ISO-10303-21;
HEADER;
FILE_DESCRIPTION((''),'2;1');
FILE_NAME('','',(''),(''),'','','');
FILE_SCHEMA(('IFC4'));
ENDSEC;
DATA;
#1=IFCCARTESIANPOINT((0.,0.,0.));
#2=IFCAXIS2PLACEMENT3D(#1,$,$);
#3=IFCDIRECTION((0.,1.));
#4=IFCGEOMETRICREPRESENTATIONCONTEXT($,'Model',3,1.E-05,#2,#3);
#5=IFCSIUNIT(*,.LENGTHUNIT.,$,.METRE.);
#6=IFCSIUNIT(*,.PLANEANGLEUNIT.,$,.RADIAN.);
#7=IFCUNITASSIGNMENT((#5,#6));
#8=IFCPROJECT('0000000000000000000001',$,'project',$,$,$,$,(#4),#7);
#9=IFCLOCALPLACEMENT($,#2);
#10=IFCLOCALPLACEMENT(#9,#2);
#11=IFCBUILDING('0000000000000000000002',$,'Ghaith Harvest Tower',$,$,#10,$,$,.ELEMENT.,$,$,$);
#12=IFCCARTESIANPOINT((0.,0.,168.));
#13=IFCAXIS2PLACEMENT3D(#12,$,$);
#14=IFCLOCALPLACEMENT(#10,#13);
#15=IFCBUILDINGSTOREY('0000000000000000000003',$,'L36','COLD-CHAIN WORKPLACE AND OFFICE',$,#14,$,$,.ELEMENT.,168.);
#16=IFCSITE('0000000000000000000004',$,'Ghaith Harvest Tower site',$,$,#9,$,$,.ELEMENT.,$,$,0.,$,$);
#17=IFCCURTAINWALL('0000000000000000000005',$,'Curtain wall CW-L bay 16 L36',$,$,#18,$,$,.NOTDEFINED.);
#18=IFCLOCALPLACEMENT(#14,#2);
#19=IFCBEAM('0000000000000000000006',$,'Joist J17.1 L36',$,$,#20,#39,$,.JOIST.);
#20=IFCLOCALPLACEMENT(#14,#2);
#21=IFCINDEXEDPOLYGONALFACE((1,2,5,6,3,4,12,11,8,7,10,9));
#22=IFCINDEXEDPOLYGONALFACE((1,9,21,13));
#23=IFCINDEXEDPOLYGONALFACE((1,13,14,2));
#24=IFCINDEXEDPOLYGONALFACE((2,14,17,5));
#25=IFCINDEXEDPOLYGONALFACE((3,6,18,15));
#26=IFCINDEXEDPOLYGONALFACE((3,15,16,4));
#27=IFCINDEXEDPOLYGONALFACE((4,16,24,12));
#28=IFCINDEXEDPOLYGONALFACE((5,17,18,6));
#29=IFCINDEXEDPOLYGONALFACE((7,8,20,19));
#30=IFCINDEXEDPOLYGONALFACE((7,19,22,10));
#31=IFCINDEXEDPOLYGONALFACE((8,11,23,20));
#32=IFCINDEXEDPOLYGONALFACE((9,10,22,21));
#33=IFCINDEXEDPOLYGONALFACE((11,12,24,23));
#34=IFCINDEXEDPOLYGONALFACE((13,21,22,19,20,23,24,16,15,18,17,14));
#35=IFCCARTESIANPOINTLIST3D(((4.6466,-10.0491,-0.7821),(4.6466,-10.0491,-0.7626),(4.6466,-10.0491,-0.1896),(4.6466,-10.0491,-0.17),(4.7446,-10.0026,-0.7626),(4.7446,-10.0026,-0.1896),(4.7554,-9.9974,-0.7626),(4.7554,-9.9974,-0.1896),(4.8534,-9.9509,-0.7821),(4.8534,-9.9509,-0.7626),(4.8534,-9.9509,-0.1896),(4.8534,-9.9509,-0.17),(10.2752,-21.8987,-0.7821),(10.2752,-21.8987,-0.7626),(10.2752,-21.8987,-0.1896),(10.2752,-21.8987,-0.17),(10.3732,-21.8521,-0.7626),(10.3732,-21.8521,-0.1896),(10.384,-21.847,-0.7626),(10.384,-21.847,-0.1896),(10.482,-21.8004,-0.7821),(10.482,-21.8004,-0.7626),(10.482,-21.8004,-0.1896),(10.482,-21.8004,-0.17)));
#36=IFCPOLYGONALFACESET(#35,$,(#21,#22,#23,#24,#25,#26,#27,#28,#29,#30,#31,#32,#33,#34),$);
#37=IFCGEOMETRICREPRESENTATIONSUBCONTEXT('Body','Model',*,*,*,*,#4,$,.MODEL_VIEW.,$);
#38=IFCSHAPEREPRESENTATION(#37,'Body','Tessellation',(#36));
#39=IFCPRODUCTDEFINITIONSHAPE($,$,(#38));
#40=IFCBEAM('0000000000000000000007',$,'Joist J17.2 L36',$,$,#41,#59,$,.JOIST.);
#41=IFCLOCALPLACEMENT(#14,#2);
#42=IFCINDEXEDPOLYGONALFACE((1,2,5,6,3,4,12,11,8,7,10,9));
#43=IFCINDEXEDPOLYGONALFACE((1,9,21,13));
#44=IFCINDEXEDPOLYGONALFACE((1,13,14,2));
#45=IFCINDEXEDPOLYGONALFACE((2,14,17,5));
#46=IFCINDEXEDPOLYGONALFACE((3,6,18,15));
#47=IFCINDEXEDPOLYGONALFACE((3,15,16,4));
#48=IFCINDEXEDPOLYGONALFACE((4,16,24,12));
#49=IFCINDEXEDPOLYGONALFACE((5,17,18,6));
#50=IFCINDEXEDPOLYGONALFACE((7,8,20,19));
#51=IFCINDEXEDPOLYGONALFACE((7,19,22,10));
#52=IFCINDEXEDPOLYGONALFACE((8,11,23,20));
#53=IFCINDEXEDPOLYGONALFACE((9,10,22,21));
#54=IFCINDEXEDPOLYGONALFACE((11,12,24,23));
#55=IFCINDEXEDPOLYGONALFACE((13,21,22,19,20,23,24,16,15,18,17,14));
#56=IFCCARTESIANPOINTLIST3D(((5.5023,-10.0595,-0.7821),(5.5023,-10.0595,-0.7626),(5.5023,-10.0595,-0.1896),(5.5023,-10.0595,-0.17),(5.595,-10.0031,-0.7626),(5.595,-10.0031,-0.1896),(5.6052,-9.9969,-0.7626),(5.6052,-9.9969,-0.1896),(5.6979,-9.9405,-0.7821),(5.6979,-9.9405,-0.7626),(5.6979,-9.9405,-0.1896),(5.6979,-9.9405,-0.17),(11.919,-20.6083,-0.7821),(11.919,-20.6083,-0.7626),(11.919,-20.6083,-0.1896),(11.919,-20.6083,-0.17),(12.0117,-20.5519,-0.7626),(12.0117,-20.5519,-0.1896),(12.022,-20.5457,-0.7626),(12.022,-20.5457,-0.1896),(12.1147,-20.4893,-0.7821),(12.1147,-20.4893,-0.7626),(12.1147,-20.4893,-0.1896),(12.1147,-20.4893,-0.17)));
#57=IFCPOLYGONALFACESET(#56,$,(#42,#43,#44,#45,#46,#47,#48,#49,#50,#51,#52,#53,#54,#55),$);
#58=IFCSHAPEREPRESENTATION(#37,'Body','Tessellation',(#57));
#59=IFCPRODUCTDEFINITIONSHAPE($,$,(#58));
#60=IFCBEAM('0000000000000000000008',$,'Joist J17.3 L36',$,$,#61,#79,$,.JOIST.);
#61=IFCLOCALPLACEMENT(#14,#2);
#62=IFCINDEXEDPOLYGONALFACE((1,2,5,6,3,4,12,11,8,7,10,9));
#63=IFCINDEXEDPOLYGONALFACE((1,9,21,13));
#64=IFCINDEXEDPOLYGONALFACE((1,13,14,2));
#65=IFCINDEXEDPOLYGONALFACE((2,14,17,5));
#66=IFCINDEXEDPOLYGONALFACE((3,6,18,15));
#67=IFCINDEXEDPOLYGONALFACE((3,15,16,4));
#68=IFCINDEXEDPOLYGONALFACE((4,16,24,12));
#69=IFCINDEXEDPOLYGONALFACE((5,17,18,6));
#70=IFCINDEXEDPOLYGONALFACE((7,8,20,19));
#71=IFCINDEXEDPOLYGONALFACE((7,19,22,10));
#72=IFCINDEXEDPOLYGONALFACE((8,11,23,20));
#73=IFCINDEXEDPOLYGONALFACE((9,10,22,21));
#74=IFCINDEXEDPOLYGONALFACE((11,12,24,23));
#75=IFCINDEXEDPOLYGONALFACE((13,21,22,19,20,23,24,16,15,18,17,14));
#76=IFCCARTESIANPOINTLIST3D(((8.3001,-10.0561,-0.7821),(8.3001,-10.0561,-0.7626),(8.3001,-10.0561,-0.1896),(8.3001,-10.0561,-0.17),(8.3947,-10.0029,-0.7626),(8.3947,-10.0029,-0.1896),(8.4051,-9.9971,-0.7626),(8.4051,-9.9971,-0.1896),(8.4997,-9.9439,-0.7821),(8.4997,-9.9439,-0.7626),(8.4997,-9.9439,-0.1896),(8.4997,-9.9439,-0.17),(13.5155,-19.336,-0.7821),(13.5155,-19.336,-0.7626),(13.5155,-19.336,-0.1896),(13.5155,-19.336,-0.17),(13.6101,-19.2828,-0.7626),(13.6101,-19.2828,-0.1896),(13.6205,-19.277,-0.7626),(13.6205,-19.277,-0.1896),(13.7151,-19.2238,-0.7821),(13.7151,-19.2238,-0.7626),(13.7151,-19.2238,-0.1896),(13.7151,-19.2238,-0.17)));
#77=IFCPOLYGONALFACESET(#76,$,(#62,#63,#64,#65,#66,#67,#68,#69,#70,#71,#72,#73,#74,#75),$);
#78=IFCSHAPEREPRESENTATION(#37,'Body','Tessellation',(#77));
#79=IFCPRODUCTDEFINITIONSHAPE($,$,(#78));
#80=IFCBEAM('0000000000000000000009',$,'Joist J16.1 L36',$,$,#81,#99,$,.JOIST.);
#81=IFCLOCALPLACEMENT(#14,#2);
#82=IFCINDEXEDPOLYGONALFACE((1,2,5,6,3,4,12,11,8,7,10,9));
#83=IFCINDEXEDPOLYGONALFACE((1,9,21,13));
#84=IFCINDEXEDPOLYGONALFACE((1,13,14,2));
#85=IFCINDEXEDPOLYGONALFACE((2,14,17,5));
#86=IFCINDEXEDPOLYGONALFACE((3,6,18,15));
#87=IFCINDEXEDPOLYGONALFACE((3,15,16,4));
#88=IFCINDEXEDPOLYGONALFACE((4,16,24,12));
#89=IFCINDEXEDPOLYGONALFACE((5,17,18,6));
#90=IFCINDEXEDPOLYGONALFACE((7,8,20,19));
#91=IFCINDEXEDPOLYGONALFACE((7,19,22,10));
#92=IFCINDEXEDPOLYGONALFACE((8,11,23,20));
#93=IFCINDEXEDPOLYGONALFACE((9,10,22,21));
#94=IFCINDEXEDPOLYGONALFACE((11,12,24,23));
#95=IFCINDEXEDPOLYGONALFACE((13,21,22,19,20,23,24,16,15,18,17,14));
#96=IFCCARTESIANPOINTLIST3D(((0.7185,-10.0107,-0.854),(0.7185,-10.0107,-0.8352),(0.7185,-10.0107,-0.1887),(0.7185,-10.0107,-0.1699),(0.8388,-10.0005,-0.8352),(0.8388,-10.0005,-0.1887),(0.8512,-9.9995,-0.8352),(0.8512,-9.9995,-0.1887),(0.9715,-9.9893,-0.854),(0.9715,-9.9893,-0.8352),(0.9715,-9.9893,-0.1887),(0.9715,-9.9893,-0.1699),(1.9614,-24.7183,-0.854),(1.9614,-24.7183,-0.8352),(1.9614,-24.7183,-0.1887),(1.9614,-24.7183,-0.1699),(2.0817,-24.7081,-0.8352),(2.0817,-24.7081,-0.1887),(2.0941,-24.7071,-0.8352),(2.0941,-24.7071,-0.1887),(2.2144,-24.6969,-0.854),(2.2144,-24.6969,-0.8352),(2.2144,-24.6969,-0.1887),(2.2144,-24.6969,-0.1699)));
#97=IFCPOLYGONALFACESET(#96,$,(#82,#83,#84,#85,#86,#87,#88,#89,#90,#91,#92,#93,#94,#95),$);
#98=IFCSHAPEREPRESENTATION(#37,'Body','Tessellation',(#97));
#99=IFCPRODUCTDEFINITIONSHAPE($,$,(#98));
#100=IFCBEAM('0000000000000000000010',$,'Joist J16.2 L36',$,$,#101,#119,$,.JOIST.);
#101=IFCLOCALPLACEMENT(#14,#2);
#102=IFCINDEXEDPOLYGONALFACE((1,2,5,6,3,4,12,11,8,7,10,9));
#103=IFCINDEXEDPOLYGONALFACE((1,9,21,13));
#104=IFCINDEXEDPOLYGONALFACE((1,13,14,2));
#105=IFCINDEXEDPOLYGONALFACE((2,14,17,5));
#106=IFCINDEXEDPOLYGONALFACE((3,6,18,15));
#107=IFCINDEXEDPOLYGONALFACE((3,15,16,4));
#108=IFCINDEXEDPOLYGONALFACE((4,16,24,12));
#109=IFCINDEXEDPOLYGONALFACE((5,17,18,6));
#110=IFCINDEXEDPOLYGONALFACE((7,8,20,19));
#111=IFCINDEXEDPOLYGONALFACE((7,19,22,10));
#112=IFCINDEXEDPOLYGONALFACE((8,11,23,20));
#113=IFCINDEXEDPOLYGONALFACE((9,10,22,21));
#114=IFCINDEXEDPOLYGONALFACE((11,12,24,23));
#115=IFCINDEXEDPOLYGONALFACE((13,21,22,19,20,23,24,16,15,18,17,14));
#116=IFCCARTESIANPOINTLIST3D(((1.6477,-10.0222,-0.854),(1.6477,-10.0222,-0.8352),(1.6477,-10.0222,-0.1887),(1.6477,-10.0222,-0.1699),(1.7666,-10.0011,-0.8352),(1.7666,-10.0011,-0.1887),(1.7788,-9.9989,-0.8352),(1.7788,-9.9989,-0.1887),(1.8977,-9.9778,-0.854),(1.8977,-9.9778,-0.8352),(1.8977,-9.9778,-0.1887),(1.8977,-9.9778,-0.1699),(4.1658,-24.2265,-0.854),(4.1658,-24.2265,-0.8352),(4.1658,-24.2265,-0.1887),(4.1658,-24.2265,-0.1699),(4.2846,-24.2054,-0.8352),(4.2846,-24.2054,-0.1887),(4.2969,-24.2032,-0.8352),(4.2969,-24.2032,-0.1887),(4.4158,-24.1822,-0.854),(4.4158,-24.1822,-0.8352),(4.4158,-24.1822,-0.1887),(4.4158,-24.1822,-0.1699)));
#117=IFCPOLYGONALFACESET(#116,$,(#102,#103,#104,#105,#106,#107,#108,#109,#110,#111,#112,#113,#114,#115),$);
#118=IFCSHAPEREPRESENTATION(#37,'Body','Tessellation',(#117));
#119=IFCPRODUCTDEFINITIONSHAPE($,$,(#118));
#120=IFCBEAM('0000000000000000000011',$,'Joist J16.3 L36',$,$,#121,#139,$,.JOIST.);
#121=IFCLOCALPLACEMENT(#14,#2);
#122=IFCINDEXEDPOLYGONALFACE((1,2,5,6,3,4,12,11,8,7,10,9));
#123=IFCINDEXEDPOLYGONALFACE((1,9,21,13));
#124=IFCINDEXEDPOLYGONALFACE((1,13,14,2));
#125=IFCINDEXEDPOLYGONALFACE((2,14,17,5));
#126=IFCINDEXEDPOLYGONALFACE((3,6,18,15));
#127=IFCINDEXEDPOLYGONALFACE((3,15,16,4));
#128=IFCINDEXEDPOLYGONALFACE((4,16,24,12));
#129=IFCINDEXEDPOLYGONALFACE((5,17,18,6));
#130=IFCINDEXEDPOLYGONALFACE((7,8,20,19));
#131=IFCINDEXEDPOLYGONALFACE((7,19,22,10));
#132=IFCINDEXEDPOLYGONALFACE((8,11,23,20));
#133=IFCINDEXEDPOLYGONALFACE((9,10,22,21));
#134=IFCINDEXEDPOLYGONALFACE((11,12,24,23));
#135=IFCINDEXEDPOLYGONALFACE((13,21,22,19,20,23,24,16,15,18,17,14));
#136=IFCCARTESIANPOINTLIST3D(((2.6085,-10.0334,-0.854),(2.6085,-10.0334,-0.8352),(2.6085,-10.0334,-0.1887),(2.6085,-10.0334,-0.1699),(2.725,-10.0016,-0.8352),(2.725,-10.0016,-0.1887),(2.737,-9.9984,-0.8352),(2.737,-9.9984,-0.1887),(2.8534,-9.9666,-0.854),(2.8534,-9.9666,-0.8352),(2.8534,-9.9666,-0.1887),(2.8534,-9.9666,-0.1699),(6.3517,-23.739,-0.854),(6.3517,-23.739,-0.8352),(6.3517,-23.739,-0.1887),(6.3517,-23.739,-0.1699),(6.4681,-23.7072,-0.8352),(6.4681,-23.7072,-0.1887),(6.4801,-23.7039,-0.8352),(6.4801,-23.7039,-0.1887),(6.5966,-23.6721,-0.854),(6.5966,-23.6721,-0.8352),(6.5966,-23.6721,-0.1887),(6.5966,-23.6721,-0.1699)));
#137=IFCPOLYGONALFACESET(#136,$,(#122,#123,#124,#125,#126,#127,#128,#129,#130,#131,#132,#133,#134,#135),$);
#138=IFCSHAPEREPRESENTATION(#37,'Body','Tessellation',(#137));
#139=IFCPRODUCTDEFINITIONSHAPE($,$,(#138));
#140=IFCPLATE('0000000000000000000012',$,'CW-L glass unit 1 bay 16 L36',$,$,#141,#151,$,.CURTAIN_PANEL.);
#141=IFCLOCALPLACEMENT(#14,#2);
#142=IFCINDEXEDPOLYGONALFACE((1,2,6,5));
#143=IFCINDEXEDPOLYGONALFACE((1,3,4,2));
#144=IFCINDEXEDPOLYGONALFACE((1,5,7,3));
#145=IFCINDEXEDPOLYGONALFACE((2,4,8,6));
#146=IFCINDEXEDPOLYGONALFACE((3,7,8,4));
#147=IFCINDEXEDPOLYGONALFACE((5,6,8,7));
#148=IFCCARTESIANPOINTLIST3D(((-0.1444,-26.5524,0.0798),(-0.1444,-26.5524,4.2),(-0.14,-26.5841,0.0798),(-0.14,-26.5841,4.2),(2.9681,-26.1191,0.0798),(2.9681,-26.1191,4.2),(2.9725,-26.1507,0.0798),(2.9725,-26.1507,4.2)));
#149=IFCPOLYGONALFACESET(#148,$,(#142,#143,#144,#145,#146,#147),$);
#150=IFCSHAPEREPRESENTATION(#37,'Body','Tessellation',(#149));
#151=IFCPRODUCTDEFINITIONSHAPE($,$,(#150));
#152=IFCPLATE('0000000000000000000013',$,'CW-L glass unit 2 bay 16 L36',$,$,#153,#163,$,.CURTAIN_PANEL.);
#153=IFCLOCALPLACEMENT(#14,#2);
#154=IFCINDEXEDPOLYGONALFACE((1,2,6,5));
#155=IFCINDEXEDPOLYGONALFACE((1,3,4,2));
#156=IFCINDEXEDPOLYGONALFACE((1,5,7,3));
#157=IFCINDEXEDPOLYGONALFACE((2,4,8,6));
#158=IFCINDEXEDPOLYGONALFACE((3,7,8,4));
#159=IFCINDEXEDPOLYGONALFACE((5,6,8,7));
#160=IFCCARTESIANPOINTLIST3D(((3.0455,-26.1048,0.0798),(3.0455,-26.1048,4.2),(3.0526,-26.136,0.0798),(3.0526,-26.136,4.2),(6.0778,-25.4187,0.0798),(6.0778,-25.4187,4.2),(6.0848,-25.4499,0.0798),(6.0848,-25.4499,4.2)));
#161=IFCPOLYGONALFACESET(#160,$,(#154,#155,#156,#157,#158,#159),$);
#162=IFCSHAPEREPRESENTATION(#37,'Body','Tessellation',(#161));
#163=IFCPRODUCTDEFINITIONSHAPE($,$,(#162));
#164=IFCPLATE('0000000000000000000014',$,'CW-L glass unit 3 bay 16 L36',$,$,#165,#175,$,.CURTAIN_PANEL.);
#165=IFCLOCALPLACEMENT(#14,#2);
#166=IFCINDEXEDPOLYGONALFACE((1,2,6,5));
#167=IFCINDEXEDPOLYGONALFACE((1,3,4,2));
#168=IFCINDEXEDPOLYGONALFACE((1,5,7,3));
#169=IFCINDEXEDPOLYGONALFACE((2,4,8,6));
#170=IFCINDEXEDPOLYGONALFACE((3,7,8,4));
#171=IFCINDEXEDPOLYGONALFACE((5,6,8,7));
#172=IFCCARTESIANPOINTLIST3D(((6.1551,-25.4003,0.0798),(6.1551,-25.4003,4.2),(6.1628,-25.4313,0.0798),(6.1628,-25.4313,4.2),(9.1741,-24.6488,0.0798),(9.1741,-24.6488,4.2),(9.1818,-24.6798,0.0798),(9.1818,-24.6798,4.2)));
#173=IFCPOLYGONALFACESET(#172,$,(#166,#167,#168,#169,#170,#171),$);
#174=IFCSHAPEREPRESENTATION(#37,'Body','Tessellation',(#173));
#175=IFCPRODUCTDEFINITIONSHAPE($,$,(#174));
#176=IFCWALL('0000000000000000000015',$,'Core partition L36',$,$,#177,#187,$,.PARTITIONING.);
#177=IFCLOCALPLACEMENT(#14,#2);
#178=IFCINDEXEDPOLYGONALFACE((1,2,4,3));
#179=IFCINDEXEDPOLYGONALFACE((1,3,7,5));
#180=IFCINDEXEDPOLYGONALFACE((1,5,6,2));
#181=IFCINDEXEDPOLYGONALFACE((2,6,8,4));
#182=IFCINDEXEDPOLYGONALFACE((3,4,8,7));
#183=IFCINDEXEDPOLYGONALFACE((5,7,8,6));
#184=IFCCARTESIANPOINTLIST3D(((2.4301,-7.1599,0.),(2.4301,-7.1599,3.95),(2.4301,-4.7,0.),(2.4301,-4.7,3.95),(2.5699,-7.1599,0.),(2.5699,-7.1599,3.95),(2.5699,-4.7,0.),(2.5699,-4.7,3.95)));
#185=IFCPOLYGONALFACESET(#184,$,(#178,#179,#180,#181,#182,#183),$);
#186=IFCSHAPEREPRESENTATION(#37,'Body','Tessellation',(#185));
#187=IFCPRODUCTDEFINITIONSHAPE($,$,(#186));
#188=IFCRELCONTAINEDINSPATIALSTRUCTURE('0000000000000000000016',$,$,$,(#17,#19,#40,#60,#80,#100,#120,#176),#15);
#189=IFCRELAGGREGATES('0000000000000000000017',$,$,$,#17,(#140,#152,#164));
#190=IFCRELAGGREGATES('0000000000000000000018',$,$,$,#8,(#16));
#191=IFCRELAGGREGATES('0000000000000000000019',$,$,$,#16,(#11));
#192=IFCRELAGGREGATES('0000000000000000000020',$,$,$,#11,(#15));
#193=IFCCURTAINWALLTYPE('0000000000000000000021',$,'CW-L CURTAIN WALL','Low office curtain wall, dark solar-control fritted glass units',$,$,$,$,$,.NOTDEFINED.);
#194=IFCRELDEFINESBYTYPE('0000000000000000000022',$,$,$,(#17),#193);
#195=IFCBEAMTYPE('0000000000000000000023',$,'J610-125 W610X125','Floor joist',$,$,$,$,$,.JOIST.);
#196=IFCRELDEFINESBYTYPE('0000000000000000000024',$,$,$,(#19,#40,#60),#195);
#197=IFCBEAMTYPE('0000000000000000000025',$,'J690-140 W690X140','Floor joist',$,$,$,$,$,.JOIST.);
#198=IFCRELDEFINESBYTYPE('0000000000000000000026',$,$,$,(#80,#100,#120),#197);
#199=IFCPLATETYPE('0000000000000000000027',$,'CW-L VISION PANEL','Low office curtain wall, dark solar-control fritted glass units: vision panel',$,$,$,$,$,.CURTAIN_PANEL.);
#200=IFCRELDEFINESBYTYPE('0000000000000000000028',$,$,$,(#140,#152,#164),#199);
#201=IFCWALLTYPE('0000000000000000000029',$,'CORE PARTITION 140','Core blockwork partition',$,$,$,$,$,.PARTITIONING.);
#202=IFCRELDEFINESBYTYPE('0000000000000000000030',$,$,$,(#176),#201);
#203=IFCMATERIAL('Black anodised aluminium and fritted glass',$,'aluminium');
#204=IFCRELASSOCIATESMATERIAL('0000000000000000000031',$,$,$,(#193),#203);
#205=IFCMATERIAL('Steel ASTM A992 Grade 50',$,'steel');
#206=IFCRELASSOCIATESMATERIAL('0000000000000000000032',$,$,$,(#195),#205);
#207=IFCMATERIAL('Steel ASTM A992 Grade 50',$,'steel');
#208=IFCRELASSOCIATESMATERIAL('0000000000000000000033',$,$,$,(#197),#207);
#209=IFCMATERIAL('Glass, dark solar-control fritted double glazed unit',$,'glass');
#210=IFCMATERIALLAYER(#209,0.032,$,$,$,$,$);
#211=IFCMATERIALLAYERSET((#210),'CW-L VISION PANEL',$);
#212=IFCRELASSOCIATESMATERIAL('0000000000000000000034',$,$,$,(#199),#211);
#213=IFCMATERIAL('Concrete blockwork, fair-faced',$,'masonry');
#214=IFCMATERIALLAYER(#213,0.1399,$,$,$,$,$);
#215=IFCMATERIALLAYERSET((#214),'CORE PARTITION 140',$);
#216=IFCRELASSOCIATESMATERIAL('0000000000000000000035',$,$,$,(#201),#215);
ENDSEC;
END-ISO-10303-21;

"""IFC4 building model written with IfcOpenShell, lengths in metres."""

from ifc_helpers import new_model, si_unit, direction, frame, frame_2d, origin, origin_2d, place, context, subcontext, project, spatial, rectangle, i_section, extrude, material, layer, layer_set, material_profile, profile_set, type_object, element, aggregate, save


model = new_model("IFC4")

# Units and contexts
model_context = context("Model", 3, precision=1e-05, world=origin(), true_north=direction((0.0, 1.0)))
body_context = subcontext(model_context, "Body", "Model", "MODEL_VIEW")
ifc_project = project(units=[si_unit("LENGTHUNIT", "METRE"), si_unit("PLANEANGLEUNIT", "RADIAN")], contexts=[model_context])

# Site, building, storey
site_placement = place(None, origin())
site = spatial("IfcSite", under=ifc_project, at=site_placement, Name="Ghaith Harvest Tower site", CompositionType="ELEMENT", RefElevation=0.0)
building_placement = place(site_placement, origin())
building = spatial("IfcBuilding", under=site, at=building_placement, Name="Ghaith Harvest Tower", CompositionType="ELEMENT")
storey_placement = place(building_placement, frame((0.0, 0.0, 168.0)))
storey = spatial("IfcBuildingStorey", under=building, at=storey_placement, Name="L36", Description="COLD-CHAIN WORKPLACE AND OFFICE", CompositionType="ELEMENT", Elevation=168.0)

# Curtain wall
ifc_material_1 = material(Name="Black anodised aluminium and fritted glass", Category="aluminium")
curtain_wall_type = type_object("IfcCurtainWallType", Name="CW-L CURTAIN WALL", Description="Low office curtain wall, dark solar-control fritted glass units", PredefinedType="NOTDEFINED", material=ifc_material_1)
curtain_wall_placement = place(storey_placement, origin())
curtain_wall = element("IfcCurtainWall", 1, at=curtain_wall_placement, inside=storey, type_object=curtain_wall_type, Name="Curtain wall CW-L bay 16 L36", PredefinedType="NOTDEFINED")

# Beams
ifc_material_2 = material(Name="Steel ASTM A992 Grade 50", Category="steel")
ifc_material_profile_1 = material_profile(ifc_material_2, i_section(OverallWidth=0.229, OverallDepth=0.6121, WebThickness=0.012, FlangeThickness=0.0195, at=origin_2d()), Name="W610X125")
ifc_profile_set_1 = profile_set([ifc_material_profile_1], Name="Steel ASTM A992 Grade 50")
beam_type_1 = type_object("IfcBeamType", Name="J610-125 W610X125", Description="Floor joist", PredefinedType="JOIST", material=ifc_profile_set_1)
beam_1_placement = place(storey_placement, frame((4.75, -10.0, -0.4761), z_axis=(0.429063, -0.903275, 0.0), x_axis=(0.903275, 0.429063, 0.0)))
element("IfcBeam", 2, at=beam_1_placement, inside=storey, type_object=beam_type_1, Name="Joist J17.1 L36", PredefinedType="JOIST", context=body_context, shape_type="SweptSolid", body=[
    extrude(i_section(OverallWidth=0.229, OverallDepth=0.6121, WebThickness=0.012, FlangeThickness=0.0195, at=origin_2d()), origin(), (0.0, 0.0, 1.0), 13.1184),
])
beam_2_placement = place(storey_placement, frame((5.6001, -10.0, -0.4761), z_axis=(0.519694, -0.854352, 0.0), x_axis=(0.854352, 0.519694, 0.0)))
element("IfcBeam", 3, at=beam_2_placement, inside=storey, type_object=beam_type_1, Name="Joist J17.2 L36", PredefinedType="JOIST", context=body_context, shape_type="SweptSolid", body=[
    extrude(i_section(OverallWidth=0.229, OverallDepth=0.6121, WebThickness=0.012, FlangeThickness=0.0195, at=origin_2d()), origin(), (0.0, 0.0, 1.0), 12.3472),
])
beam_3_placement = place(storey_placement, frame((8.3999, -10.0, -0.4761), z_axis=(0.489937, -0.871758, 0.0), x_axis=(0.871758, 0.489937, 0.0)))
element("IfcBeam", 4, at=beam_3_placement, inside=storey, type_object=beam_type_1, Name="Joist J17.3 L36", PredefinedType="JOIST", context=body_context, shape_type="SweptSolid", body=[
    extrude(i_section(OverallWidth=0.229, OverallDepth=0.6121, WebThickness=0.012, FlangeThickness=0.0195, at=origin_2d()), origin(), (0.0, 0.0, 1.0), 10.645),
])
ifc_material_3 = material(Name="Steel ASTM A992 Grade 50", Category="steel")
ifc_material_profile_2 = material_profile(ifc_material_3, i_section(OverallWidth=0.2539, OverallDepth=0.6841, WebThickness=0.0125, FlangeThickness=0.0188, at=origin_2d()), Name="W690X140")
ifc_profile_set_2 = profile_set([ifc_material_profile_2], Name="Steel ASTM A992 Grade 50")
beam_type_2 = type_object("IfcBeamType", Name="J690-140 W690X140", Description="Floor joist", PredefinedType="JOIST", material=ifc_profile_set_2)
beam_4_placement = place(storey_placement, frame((0.845, -10.0, -0.512), z_axis=(0.084209, -0.996448, 0.0), x_axis=(0.996448, 0.084209, 0.0)))
element("IfcBeam", 5, at=beam_4_placement, inside=storey, type_object=beam_type_2, Name="Joist J16.1 L36", PredefinedType="JOIST", context=body_context, shape_type="SweptSolid", body=[
    extrude(i_section(OverallWidth=0.2539, OverallDepth=0.6841, WebThickness=0.0125, FlangeThickness=0.0188, at=origin_2d()), origin(), (0.0, 0.0, 1.0), 14.76),
])
beam_5_placement = place(storey_placement, frame((1.7727, -10.0, -0.512), z_axis=(0.174553, -0.984648, 0.0), x_axis=(0.984648, 0.174553, 0.0)))
element("IfcBeam", 6, at=beam_5_placement, inside=storey, type_object=beam_type_2, Name="Joist J16.2 L36", PredefinedType="JOIST", context=body_context, shape_type="SweptSolid", body=[
    extrude(i_section(OverallWidth=0.2539, OverallDepth=0.6841, WebThickness=0.0125, FlangeThickness=0.0188, at=origin_2d()), origin(), (0.0, 0.0, 1.0), 14.4258),
])
beam_6_placement = place(storey_placement, frame((2.731, -10.0, -0.512), z_axis=(0.263463, -0.964669, 0.0), x_axis=(0.964669, 0.263463, 0.0)))
element("IfcBeam", 7, at=beam_6_placement, inside=storey, type_object=beam_type_2, Name="Joist J16.3 L36", PredefinedType="JOIST", context=body_context, shape_type="SweptSolid", body=[
    extrude(i_section(OverallWidth=0.2539, OverallDepth=0.6841, WebThickness=0.0125, FlangeThickness=0.0188, at=origin_2d()), origin(), (0.0, 0.0, 1.0), 14.2075),
])

# Plates
ifc_material_4 = material(Name="Glass, dark solar-control fritted double glazed unit", Category="glass")
ifc_layer_1 = layer(ifc_material_4, 0.032)
ifc_layer_set_1 = layer_set([ifc_layer_1], Name="CW-L VISION PANEL")
plate_type = type_object("IfcPlateType", Name="CW-L VISION PANEL", Description="Low office curtain wall, dark solar-control fritted glass units: vision panel", PredefinedType="CURTAIN_PANEL", material=ifc_layer_set_1)
plate_1_placement = place(storey_placement, frame((1.4141, -26.3516, 0.0798), z_axis=(0.0, 0.0, 1.0), x_axis=(0.990448, 0.137886, 0.0)))
plate_1 = element("IfcPlate", 8, at=plate_1_placement, type_object=plate_type, Name="CW-L glass unit 1 bay 16 L36", PredefinedType="CURTAIN_PANEL", context=body_context, shape_type="SweptSolid", body=[
    extrude(rectangle(XDim=3.1426, YDim=0.032, at=origin_2d()), origin(), (0.0, 0.0, 1.0), 4.1201),
])
plate_2_placement = place(storey_placement, frame((4.5652, -25.7773, 0.0798), z_axis=(0.0, 0.0, 1.0), x_axis=(0.975342, 0.2207, 0.0)))
plate_2 = element("IfcPlate", 9, at=plate_2_placement, type_object=plate_type, Name="CW-L glass unit 2 bay 16 L36", PredefinedType="CURTAIN_PANEL", context=body_context, shape_type="SweptSolid", body=[
    extrude(rectangle(XDim=3.1089, YDim=0.032, at=origin_2d()), origin(), (0.0, 0.0, 1.0), 4.1201),
])
plate_3_placement = place(storey_placement, frame((7.6685, -25.04, 0.0798), z_axis=(0.0, 0.0, 1.0), x_axis=(0.970384, 0.241566, 0.0)))
plate_3 = element("IfcPlate", 10, at=plate_3_placement, type_object=plate_type, Name="CW-L glass unit 3 bay 16 L36", PredefinedType="CURTAIN_PANEL", context=body_context, shape_type="SweptSolid", body=[
    extrude(rectangle(XDim=3.1111, YDim=0.032, at=origin_2d()), origin(), (0.0, 0.0, 1.0), 4.1201),
])
aggregate(curtain_wall, [plate_1, plate_2, plate_3])

# Wall
ifc_material_5 = material(Name="Concrete blockwork, fair-faced", Category="masonry")
ifc_layer_2 = layer(ifc_material_5, 0.1399)
ifc_layer_set_2 = layer_set([ifc_layer_2], Name="CORE PARTITION 140")
wall_type_1 = type_object("IfcWallType", Name="CORE PARTITION 140", Description="Core blockwork partition", PredefinedType="PARTITIONING", material=ifc_layer_set_2)
wall_1_placement = place(storey_placement, frame((2.5, -4.7, 0.0), z_axis=(0.0, 0.0, 1.0), x_axis=(0.0, -1.0, 0.0)))
element("IfcWall", 11, at=wall_1_placement, inside=storey, type_object=wall_type_1, Name="Core partition L36", PredefinedType="PARTITIONING", context=body_context, shape_type="SweptSolid", body=[
    extrude(rectangle(XDim=2.46, YDim=0.1399, at=frame_2d((1.23, 0.0))), origin(), (0.0, 0.0, 1.0), 3.95),
])

save(model, "model.ifc")
